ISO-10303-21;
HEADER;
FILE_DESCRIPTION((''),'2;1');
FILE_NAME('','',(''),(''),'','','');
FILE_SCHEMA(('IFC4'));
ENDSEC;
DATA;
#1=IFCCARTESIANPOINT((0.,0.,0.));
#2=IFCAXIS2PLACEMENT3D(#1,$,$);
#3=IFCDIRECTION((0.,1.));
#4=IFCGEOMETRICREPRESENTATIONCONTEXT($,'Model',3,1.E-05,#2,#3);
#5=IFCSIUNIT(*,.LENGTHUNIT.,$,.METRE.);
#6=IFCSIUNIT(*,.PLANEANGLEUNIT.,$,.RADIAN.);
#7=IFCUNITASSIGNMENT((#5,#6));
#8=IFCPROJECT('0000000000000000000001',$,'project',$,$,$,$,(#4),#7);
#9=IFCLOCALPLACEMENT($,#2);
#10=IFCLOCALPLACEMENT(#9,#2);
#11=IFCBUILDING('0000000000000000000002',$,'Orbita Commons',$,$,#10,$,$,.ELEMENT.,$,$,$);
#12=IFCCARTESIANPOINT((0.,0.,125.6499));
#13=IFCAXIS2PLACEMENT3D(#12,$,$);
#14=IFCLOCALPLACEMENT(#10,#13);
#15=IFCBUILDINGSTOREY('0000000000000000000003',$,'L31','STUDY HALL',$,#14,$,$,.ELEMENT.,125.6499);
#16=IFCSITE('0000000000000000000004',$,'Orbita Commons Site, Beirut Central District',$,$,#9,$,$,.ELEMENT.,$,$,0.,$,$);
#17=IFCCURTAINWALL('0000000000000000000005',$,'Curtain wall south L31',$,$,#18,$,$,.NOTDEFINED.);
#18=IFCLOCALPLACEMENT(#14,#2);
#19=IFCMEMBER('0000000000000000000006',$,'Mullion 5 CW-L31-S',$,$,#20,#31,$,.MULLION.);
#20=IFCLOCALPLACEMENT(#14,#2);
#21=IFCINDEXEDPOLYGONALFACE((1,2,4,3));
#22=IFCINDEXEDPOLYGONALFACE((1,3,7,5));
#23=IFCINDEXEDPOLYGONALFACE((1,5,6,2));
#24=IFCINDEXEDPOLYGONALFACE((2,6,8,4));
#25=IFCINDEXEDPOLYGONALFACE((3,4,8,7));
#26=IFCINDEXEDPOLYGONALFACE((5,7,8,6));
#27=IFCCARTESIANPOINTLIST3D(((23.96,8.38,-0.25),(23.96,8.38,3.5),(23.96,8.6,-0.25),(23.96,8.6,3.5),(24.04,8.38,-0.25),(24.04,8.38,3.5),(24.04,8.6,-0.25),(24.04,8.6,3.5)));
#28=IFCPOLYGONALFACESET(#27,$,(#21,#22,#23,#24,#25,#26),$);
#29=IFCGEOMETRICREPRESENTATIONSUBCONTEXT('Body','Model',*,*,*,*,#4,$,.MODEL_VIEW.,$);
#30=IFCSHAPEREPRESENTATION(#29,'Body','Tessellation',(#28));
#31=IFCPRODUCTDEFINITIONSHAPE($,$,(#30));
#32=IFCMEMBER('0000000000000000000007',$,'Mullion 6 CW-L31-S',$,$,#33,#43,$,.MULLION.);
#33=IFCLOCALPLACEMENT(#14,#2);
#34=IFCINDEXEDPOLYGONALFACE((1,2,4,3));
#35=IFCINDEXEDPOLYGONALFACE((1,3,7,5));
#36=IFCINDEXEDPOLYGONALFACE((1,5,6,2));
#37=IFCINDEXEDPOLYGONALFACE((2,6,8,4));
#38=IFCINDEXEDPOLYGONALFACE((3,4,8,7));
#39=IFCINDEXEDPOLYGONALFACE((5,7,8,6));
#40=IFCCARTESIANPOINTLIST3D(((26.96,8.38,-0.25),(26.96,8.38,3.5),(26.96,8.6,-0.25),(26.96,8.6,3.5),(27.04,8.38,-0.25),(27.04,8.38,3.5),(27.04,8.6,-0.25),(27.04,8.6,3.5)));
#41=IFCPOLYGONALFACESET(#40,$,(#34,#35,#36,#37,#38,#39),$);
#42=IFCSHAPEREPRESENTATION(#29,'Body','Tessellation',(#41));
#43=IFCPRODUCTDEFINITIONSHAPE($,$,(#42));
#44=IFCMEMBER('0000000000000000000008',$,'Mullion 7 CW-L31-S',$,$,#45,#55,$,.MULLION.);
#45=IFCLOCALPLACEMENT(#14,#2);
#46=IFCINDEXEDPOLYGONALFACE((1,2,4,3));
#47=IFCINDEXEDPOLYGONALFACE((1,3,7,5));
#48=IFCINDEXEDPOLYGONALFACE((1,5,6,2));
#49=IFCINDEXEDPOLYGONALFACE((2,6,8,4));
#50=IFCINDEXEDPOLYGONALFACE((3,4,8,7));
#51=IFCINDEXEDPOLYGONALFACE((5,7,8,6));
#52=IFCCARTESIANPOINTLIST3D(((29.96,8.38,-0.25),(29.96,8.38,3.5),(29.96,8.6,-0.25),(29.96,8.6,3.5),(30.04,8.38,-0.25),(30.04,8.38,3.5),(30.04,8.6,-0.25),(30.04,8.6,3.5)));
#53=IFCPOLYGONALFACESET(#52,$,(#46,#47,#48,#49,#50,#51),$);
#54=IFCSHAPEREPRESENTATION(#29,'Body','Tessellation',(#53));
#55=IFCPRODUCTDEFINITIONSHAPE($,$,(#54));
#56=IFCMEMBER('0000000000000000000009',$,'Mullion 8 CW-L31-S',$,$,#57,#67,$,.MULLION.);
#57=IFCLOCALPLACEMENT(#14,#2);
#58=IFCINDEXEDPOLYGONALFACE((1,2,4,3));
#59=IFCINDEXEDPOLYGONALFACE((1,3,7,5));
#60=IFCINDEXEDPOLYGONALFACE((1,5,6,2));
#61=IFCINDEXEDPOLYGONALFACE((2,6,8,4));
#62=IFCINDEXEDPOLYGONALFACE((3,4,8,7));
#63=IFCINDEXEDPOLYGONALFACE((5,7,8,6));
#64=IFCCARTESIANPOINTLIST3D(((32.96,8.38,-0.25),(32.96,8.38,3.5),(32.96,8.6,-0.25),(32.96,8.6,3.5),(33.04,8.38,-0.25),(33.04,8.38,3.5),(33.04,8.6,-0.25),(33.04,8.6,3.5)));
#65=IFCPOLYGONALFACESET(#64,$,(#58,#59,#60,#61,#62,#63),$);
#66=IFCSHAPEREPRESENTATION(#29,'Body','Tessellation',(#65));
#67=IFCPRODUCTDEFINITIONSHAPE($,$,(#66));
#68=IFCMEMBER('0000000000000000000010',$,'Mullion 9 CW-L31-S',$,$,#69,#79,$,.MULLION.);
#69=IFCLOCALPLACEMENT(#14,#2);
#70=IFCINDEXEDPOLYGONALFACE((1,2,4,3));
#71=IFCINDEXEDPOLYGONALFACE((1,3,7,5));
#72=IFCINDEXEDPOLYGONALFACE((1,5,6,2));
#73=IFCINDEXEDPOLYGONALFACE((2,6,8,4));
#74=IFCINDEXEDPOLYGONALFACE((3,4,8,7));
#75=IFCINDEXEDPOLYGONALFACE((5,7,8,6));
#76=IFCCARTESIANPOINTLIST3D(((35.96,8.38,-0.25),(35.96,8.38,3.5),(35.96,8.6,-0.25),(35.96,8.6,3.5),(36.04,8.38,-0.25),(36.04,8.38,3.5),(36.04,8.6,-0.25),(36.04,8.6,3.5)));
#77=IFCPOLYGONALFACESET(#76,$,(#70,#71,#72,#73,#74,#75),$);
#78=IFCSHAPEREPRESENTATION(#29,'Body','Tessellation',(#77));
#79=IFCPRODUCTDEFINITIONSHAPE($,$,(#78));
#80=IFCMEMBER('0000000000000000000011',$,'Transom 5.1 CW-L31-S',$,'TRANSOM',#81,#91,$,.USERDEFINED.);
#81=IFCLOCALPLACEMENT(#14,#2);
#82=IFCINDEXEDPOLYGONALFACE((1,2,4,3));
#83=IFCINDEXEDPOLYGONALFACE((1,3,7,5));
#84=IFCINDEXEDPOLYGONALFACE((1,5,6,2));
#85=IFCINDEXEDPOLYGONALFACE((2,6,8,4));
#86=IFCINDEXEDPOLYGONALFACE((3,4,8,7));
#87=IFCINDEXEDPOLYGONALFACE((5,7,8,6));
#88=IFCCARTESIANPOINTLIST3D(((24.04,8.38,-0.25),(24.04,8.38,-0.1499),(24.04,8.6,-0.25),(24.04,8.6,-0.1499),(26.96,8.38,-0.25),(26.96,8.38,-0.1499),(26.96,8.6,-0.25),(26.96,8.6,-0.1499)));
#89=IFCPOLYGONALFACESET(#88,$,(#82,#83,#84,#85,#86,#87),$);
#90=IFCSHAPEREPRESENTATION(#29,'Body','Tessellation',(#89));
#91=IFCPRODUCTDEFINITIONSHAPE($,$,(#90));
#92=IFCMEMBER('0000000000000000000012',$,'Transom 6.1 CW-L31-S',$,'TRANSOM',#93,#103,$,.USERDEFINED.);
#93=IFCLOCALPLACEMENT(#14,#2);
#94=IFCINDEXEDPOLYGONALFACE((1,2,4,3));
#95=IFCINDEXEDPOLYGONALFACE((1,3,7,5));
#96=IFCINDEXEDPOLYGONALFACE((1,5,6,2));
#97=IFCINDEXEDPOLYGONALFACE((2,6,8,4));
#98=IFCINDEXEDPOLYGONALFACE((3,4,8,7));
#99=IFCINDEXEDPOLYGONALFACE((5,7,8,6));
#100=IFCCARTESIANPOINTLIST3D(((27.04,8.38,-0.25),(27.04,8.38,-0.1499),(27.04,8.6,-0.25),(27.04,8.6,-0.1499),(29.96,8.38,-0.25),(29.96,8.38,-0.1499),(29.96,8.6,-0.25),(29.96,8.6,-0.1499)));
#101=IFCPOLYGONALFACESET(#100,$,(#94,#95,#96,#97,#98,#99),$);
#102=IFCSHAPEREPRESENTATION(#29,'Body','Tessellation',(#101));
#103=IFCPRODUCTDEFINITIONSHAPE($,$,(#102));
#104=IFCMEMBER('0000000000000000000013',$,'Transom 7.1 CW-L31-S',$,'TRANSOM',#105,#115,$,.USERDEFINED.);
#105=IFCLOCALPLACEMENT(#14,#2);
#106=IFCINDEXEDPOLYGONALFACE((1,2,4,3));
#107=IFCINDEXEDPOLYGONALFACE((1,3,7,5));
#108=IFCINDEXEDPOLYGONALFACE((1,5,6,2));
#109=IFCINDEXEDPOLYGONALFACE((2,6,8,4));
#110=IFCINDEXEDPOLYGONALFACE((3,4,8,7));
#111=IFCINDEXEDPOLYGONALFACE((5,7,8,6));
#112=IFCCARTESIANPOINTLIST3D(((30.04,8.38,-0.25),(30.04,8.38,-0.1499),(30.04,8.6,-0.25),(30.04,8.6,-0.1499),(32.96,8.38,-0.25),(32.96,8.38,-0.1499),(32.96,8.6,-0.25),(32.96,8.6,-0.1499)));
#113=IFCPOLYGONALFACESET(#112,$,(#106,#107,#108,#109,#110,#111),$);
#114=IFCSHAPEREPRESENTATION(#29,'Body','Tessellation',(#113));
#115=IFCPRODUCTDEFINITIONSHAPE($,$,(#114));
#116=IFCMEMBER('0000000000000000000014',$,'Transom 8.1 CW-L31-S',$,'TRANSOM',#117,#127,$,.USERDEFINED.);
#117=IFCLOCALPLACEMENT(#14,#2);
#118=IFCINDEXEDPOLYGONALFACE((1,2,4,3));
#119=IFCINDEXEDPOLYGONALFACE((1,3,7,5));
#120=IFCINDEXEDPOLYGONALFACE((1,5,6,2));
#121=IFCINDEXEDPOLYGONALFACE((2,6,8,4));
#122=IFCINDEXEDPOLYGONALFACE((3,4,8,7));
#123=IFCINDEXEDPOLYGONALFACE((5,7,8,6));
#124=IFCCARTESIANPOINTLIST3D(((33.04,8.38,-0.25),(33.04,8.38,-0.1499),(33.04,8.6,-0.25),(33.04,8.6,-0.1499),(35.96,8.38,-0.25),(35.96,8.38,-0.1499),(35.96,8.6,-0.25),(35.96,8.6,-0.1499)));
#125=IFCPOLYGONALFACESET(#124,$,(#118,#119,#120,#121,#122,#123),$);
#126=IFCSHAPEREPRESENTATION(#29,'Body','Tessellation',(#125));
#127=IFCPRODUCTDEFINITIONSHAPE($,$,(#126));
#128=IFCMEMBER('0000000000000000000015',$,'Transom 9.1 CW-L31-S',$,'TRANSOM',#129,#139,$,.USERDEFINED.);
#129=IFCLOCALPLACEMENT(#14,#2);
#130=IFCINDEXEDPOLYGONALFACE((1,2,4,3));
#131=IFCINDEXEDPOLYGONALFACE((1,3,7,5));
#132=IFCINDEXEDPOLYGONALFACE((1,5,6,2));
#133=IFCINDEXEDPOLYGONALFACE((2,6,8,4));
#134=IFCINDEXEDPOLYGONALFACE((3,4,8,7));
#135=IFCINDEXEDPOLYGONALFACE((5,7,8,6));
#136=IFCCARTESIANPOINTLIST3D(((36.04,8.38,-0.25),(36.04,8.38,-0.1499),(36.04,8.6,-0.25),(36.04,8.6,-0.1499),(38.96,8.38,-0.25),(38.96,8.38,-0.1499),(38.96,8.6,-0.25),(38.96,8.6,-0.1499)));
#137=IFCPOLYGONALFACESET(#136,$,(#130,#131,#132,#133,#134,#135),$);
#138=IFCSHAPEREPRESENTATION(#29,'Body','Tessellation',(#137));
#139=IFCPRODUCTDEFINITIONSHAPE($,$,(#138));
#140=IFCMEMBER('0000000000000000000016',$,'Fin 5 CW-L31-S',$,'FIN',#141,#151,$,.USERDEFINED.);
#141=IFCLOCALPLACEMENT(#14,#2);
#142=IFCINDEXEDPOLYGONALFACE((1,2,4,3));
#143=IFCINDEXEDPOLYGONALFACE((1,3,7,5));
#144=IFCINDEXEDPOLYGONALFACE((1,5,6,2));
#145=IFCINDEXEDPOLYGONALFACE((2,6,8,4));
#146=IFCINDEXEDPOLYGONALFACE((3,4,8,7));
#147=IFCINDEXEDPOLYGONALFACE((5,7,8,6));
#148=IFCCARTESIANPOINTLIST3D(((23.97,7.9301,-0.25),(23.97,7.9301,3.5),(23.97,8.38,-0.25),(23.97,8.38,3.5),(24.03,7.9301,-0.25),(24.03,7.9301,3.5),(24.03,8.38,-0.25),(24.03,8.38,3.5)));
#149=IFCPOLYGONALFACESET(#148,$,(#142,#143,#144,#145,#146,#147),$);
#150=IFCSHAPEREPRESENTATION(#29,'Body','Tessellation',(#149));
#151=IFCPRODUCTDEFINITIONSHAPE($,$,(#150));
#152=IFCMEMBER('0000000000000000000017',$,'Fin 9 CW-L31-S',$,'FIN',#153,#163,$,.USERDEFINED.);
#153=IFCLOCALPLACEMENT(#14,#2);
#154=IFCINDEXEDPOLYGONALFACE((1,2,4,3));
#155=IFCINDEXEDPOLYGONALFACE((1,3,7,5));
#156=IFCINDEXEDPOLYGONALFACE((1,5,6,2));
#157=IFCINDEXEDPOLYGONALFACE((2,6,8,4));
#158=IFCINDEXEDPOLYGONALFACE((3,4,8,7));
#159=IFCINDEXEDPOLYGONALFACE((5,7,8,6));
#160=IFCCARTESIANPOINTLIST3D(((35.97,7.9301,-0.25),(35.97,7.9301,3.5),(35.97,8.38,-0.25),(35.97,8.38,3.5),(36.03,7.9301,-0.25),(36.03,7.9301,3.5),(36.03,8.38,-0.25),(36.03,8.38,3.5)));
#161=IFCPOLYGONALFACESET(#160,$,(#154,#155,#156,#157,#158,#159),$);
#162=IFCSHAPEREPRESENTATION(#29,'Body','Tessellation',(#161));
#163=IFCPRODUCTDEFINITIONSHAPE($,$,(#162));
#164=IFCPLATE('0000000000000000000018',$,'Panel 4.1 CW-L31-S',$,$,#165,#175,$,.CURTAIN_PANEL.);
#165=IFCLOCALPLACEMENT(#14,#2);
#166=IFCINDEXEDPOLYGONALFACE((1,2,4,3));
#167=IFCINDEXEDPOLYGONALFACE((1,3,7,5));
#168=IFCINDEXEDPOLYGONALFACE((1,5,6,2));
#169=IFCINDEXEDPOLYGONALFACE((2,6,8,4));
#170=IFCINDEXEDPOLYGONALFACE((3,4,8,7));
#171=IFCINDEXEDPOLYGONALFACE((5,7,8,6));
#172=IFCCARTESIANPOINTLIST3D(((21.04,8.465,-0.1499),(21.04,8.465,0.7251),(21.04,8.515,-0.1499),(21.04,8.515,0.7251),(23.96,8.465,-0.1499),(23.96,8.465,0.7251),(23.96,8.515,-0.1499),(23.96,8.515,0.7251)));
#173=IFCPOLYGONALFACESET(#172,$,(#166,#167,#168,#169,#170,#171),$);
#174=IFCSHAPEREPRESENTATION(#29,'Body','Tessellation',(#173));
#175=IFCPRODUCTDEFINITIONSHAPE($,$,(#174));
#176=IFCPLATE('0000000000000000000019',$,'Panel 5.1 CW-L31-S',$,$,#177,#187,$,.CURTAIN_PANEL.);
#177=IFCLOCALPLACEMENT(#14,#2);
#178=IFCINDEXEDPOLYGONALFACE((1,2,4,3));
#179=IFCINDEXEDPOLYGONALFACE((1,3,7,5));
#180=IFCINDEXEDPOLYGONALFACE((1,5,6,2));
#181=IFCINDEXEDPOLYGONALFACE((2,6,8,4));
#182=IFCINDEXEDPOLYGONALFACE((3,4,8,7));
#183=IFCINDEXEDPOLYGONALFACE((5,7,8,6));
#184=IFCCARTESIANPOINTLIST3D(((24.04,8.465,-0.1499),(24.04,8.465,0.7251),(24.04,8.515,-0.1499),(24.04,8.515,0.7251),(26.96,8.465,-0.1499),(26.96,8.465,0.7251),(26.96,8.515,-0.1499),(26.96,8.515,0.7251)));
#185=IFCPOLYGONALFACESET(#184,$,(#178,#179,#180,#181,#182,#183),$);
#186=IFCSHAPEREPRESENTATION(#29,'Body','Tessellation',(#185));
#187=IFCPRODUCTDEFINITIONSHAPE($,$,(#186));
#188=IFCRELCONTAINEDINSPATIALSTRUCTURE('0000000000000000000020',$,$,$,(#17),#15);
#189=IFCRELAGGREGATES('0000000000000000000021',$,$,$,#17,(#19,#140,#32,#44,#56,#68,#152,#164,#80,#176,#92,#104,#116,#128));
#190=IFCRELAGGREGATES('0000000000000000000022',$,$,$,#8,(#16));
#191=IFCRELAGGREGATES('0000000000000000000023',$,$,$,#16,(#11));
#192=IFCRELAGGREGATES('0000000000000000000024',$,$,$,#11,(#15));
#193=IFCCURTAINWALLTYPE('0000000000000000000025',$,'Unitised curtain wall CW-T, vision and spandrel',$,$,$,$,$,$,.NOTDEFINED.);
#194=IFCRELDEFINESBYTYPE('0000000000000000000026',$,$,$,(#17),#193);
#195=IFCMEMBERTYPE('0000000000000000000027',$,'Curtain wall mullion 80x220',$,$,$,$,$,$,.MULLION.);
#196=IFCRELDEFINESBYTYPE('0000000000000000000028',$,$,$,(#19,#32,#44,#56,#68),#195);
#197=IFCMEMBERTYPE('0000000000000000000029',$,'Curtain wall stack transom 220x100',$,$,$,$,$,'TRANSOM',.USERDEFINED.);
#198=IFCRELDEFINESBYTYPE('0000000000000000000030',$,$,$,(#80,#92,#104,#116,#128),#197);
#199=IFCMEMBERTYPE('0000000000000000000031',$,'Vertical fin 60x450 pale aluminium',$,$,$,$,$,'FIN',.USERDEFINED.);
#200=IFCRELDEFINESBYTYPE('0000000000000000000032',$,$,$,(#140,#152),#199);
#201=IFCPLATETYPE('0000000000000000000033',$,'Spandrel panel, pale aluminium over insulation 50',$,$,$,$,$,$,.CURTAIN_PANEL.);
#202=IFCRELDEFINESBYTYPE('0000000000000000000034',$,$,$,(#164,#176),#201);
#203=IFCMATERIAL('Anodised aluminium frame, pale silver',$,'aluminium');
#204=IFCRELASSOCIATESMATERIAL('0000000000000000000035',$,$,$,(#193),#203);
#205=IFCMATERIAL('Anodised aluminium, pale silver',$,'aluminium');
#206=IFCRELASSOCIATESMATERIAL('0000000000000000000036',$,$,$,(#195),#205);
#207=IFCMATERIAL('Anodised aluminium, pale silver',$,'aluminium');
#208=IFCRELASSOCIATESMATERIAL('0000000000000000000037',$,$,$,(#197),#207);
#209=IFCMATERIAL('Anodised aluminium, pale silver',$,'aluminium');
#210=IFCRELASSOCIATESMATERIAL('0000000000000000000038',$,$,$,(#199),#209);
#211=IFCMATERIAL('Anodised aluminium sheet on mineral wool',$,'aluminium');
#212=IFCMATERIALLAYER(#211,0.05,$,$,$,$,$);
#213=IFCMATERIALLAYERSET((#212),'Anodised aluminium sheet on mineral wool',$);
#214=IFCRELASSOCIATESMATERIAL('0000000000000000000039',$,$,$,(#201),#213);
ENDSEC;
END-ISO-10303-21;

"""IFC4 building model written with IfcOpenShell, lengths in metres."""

from ifc_helpers import new_model, si_unit, direction, frame, origin, origin_2d, place, context, subcontext, project, spatial, rectangle, extrude, material, layer, layer_set, material_profile, profile_set, type_object, element, aggregate, save


model = new_model("IFC4")

# Units and contexts
model_context = context("Model", 3, precision=1e-05, world=origin(), true_north=direction((0.0, 1.0)))
body_context = subcontext(model_context, "Body", "Model", "MODEL_VIEW")
ifc_project = project(units=[si_unit("LENGTHUNIT", "METRE"), si_unit("PLANEANGLEUNIT", "RADIAN")], contexts=[model_context])

# Site, building, storey
site_placement = place(None, origin())
site = spatial("IfcSite", under=ifc_project, at=site_placement, Name="Orbita Commons Site, Beirut Central District", CompositionType="ELEMENT", RefElevation=0.0)
building_placement = place(site_placement, origin())
building = spatial("IfcBuilding", under=site, at=building_placement, Name="Orbita Commons", CompositionType="ELEMENT")
storey_placement = place(building_placement, frame((0.0, 0.0, 125.6499)))
storey = spatial("IfcBuildingStorey", under=building, at=storey_placement, Name="L31", Description="STUDY HALL", CompositionType="ELEMENT", Elevation=125.6499)

# Curtain wall, members, plates
ifc_material_1 = material(Name="Anodised aluminium frame, pale silver", Category="aluminium")
curtain_wall_type = type_object("IfcCurtainWallType", Name="Unitised curtain wall CW-T, vision and spandrel", PredefinedType="NOTDEFINED", material=ifc_material_1)
curtain_wall_placement = place(storey_placement, origin())
curtain_wall = element("IfcCurtainWall", 1, at=curtain_wall_placement, inside=storey, type_object=curtain_wall_type, Name="Curtain wall south L31", PredefinedType="NOTDEFINED")
ifc_material_2 = material(Name="Anodised aluminium, pale silver", Category="aluminium")
ifc_material_profile_1 = material_profile(ifc_material_2, rectangle(XDim=0.0801, YDim=0.22, at=origin_2d()), Name="AL 80x220")
ifc_profile_set_1 = profile_set([ifc_material_profile_1], Name="Anodised aluminium, pale silver")
member_type_1 = type_object("IfcMemberType", Name="Curtain wall mullion 80x220", PredefinedType="MULLION", material=ifc_profile_set_1)
member_1_placement = place(storey_placement, frame((24.0, 8.49, -0.25), z_axis=(0.0, 0.0, 1.0), x_axis=(1.0, 0.0, 0.0)))
member_1 = element("IfcMember", 2, at=member_1_placement, type_object=member_type_1, Name="Mullion 5 CW-L31-S", PredefinedType="MULLION", context=body_context, shape_type="SweptSolid", body=[
    extrude(rectangle(XDim=0.0801, YDim=0.22, at=origin_2d()), origin(), (0.0, 0.0, 1.0), 3.75),
])
member_2_placement = place(storey_placement, frame((27.0, 8.49, -0.25), z_axis=(0.0, 0.0, 1.0), x_axis=(1.0, 0.0, 0.0)))
member_2 = element("IfcMember", 3, at=member_2_placement, type_object=member_type_1, Name="Mullion 6 CW-L31-S", PredefinedType="MULLION", context=body_context, shape_type="SweptSolid", body=[
    extrude(rectangle(XDim=0.0801, YDim=0.22, at=origin_2d()), origin(), (0.0, 0.0, 1.0), 3.75),
])
member_3_placement = place(storey_placement, frame((30.0, 8.49, -0.25), z_axis=(0.0, 0.0, 1.0), x_axis=(1.0, 0.0, 0.0)))
member_3 = element("IfcMember", 4, at=member_3_placement, type_object=member_type_1, Name="Mullion 7 CW-L31-S", PredefinedType="MULLION", context=body_context, shape_type="SweptSolid", body=[
    extrude(rectangle(XDim=0.0801, YDim=0.22, at=origin_2d()), origin(), (0.0, 0.0, 1.0), 3.75),
])
member_4_placement = place(storey_placement, frame((33.0, 8.49, -0.25), z_axis=(0.0, 0.0, 1.0), x_axis=(1.0, 0.0, 0.0)))
member_4 = element("IfcMember", 5, at=member_4_placement, type_object=member_type_1, Name="Mullion 8 CW-L31-S", PredefinedType="MULLION", context=body_context, shape_type="SweptSolid", body=[
    extrude(rectangle(XDim=0.0801, YDim=0.22, at=origin_2d()), origin(), (0.0, 0.0, 1.0), 3.75),
])
member_5_placement = place(storey_placement, frame((36.0, 8.49, -0.25), z_axis=(0.0, 0.0, 1.0), x_axis=(1.0, 0.0, 0.0)))
member_5 = element("IfcMember", 6, at=member_5_placement, type_object=member_type_1, Name="Mullion 9 CW-L31-S", PredefinedType="MULLION", context=body_context, shape_type="SweptSolid", body=[
    extrude(rectangle(XDim=0.0801, YDim=0.22, at=origin_2d()), origin(), (0.0, 0.0, 1.0), 3.75),
])
ifc_material_3 = material(Name="Anodised aluminium, pale silver", Category="aluminium")
ifc_material_profile_2 = material_profile(ifc_material_3, rectangle(XDim=0.22, YDim=0.1001, at=origin_2d()), Name="AL 220x100")
ifc_profile_set_2 = profile_set([ifc_material_profile_2], Name="Anodised aluminium, pale silver")
member_type_2 = type_object("IfcMemberType", Name="Curtain wall stack transom 220x100", ElementType="TRANSOM", PredefinedType="USERDEFINED", material=ifc_profile_set_2)
member_6_placement = place(storey_placement, frame((24.04, 8.49, -0.2), z_axis=(1.0, 0.0, 0.0), x_axis=(0.0, 1.0, 0.0)))
member_6 = element("IfcMember", 7, at=member_6_placement, type_object=member_type_2, Name="Transom 5.1 CW-L31-S", ObjectType="TRANSOM", PredefinedType="USERDEFINED", context=body_context, shape_type="SweptSolid", body=[
    extrude(rectangle(XDim=0.22, YDim=0.1001, at=origin_2d()), origin(), (0.0, 0.0, 1.0), 2.9199),
])
member_7_placement = place(storey_placement, frame((27.04, 8.49, -0.2), z_axis=(1.0, 0.0, 0.0), x_axis=(0.0, 1.0, 0.0)))
member_7 = element("IfcMember", 8, at=member_7_placement, type_object=member_type_2, Name="Transom 6.1 CW-L31-S", ObjectType="TRANSOM", PredefinedType="USERDEFINED", context=body_context, shape_type="SweptSolid", body=[
    extrude(rectangle(XDim=0.22, YDim=0.1001, at=origin_2d()), origin(), (0.0, 0.0, 1.0), 2.9199),
])
member_8_placement = place(storey_placement, frame((30.04, 8.49, -0.2), z_axis=(1.0, 0.0, 0.0), x_axis=(0.0, 1.0, 0.0)))
member_8 = element("IfcMember", 9, at=member_8_placement, type_object=member_type_2, Name="Transom 7.1 CW-L31-S", ObjectType="TRANSOM", PredefinedType="USERDEFINED", context=body_context, shape_type="SweptSolid", body=[
    extrude(rectangle(XDim=0.22, YDim=0.1001, at=origin_2d()), origin(), (0.0, 0.0, 1.0), 2.9199),
])
member_9_placement = place(storey_placement, frame((33.04, 8.49, -0.2), z_axis=(1.0, 0.0, 0.0), x_axis=(0.0, 1.0, 0.0)))
member_9 = element("IfcMember", 10, at=member_9_placement, type_object=member_type_2, Name="Transom 8.1 CW-L31-S", ObjectType="TRANSOM", PredefinedType="USERDEFINED", context=body_context, shape_type="SweptSolid", body=[
    extrude(rectangle(XDim=0.22, YDim=0.1001, at=origin_2d()), origin(), (0.0, 0.0, 1.0), 2.9199),
])
member_10_placement = place(storey_placement, frame((36.04, 8.49, -0.2), z_axis=(1.0, 0.0, 0.0), x_axis=(0.0, 1.0, 0.0)))
member_10 = element("IfcMember", 11, at=member_10_placement, type_object=member_type_2, Name="Transom 9.1 CW-L31-S", ObjectType="TRANSOM", PredefinedType="USERDEFINED", context=body_context, shape_type="SweptSolid", body=[
    extrude(rectangle(XDim=0.22, YDim=0.1001, at=origin_2d()), origin(), (0.0, 0.0, 1.0), 2.9199),
])
ifc_material_4 = material(Name="Anodised aluminium, pale silver", Category="aluminium")
ifc_material_profile_3 = material_profile(ifc_material_4, rectangle(XDim=0.0601, YDim=0.45, at=origin_2d()), Name="FIN 60x450")
ifc_profile_set_3 = profile_set([ifc_material_profile_3], Name="Anodised aluminium, pale silver")
member_type_3 = type_object("IfcMemberType", Name="Vertical fin 60x450 pale aluminium", ElementType="FIN", PredefinedType="USERDEFINED", material=ifc_profile_set_3)
member_11_placement = place(storey_placement, frame((24.0, 8.155, -0.25), z_axis=(0.0, 0.0, 1.0), x_axis=(1.0, 0.0, 0.0)))
member_11 = element("IfcMember", 12, at=member_11_placement, type_object=member_type_3, Name="Fin 5 CW-L31-S", ObjectType="FIN", PredefinedType="USERDEFINED", context=body_context, shape_type="SweptSolid", body=[
    extrude(rectangle(XDim=0.0601, YDim=0.45, at=origin_2d()), origin(), (0.0, 0.0, 1.0), 3.75),
])
member_12_placement = place(storey_placement, frame((36.0, 8.155, -0.25), z_axis=(0.0, 0.0, 1.0), x_axis=(1.0, 0.0, 0.0)))
member_12 = element("IfcMember", 13, at=member_12_placement, type_object=member_type_3, Name="Fin 9 CW-L31-S", ObjectType="FIN", PredefinedType="USERDEFINED", context=body_context, shape_type="SweptSolid", body=[
    extrude(rectangle(XDim=0.0601, YDim=0.45, at=origin_2d()), origin(), (0.0, 0.0, 1.0), 3.75),
])
ifc_material_5 = material(Name="Anodised aluminium sheet on mineral wool", Category="aluminium")
ifc_layer_1 = layer(ifc_material_5, 0.05)
ifc_layer_set_1 = layer_set([ifc_layer_1], Name="Anodised aluminium sheet on mineral wool")
plate_type_1 = type_object("IfcPlateType", Name="Spandrel panel, pale aluminium over insulation 50", PredefinedType="CURTAIN_PANEL", material=ifc_layer_set_1)
plate_1_placement = place(storey_placement, frame((22.5, 8.49, -0.1499), z_axis=(0.0, 0.0, 1.0), x_axis=(1.0, 0.0, 0.0)))
plate_1 = element("IfcPlate", 14, at=plate_1_placement, type_object=plate_type_1, Name="Panel 4.1 CW-L31-S", PredefinedType="CURTAIN_PANEL", context=body_context, shape_type="SweptSolid", body=[
    extrude(rectangle(XDim=2.9199, YDim=0.05, at=origin_2d()), origin(), (0.0, 0.0, 1.0), 0.875),
])
plate_2_placement = place(storey_placement, frame((25.5, 8.49, -0.1499), z_axis=(0.0, 0.0, 1.0), x_axis=(1.0, 0.0, 0.0)))
plate_2 = element("IfcPlate", 15, at=plate_2_placement, type_object=plate_type_1, Name="Panel 5.1 CW-L31-S", PredefinedType="CURTAIN_PANEL", context=body_context, shape_type="SweptSolid", body=[
    extrude(rectangle(XDim=2.9199, YDim=0.05, at=origin_2d()), origin(), (0.0, 0.0, 1.0), 0.875),
])
aggregate(curtain_wall, [member_1, member_11, member_2, member_3, member_4, member_5, member_12, plate_1, member_6, plate_2, member_7, member_8, member_9, member_10])

save(model, "model.ifc")
